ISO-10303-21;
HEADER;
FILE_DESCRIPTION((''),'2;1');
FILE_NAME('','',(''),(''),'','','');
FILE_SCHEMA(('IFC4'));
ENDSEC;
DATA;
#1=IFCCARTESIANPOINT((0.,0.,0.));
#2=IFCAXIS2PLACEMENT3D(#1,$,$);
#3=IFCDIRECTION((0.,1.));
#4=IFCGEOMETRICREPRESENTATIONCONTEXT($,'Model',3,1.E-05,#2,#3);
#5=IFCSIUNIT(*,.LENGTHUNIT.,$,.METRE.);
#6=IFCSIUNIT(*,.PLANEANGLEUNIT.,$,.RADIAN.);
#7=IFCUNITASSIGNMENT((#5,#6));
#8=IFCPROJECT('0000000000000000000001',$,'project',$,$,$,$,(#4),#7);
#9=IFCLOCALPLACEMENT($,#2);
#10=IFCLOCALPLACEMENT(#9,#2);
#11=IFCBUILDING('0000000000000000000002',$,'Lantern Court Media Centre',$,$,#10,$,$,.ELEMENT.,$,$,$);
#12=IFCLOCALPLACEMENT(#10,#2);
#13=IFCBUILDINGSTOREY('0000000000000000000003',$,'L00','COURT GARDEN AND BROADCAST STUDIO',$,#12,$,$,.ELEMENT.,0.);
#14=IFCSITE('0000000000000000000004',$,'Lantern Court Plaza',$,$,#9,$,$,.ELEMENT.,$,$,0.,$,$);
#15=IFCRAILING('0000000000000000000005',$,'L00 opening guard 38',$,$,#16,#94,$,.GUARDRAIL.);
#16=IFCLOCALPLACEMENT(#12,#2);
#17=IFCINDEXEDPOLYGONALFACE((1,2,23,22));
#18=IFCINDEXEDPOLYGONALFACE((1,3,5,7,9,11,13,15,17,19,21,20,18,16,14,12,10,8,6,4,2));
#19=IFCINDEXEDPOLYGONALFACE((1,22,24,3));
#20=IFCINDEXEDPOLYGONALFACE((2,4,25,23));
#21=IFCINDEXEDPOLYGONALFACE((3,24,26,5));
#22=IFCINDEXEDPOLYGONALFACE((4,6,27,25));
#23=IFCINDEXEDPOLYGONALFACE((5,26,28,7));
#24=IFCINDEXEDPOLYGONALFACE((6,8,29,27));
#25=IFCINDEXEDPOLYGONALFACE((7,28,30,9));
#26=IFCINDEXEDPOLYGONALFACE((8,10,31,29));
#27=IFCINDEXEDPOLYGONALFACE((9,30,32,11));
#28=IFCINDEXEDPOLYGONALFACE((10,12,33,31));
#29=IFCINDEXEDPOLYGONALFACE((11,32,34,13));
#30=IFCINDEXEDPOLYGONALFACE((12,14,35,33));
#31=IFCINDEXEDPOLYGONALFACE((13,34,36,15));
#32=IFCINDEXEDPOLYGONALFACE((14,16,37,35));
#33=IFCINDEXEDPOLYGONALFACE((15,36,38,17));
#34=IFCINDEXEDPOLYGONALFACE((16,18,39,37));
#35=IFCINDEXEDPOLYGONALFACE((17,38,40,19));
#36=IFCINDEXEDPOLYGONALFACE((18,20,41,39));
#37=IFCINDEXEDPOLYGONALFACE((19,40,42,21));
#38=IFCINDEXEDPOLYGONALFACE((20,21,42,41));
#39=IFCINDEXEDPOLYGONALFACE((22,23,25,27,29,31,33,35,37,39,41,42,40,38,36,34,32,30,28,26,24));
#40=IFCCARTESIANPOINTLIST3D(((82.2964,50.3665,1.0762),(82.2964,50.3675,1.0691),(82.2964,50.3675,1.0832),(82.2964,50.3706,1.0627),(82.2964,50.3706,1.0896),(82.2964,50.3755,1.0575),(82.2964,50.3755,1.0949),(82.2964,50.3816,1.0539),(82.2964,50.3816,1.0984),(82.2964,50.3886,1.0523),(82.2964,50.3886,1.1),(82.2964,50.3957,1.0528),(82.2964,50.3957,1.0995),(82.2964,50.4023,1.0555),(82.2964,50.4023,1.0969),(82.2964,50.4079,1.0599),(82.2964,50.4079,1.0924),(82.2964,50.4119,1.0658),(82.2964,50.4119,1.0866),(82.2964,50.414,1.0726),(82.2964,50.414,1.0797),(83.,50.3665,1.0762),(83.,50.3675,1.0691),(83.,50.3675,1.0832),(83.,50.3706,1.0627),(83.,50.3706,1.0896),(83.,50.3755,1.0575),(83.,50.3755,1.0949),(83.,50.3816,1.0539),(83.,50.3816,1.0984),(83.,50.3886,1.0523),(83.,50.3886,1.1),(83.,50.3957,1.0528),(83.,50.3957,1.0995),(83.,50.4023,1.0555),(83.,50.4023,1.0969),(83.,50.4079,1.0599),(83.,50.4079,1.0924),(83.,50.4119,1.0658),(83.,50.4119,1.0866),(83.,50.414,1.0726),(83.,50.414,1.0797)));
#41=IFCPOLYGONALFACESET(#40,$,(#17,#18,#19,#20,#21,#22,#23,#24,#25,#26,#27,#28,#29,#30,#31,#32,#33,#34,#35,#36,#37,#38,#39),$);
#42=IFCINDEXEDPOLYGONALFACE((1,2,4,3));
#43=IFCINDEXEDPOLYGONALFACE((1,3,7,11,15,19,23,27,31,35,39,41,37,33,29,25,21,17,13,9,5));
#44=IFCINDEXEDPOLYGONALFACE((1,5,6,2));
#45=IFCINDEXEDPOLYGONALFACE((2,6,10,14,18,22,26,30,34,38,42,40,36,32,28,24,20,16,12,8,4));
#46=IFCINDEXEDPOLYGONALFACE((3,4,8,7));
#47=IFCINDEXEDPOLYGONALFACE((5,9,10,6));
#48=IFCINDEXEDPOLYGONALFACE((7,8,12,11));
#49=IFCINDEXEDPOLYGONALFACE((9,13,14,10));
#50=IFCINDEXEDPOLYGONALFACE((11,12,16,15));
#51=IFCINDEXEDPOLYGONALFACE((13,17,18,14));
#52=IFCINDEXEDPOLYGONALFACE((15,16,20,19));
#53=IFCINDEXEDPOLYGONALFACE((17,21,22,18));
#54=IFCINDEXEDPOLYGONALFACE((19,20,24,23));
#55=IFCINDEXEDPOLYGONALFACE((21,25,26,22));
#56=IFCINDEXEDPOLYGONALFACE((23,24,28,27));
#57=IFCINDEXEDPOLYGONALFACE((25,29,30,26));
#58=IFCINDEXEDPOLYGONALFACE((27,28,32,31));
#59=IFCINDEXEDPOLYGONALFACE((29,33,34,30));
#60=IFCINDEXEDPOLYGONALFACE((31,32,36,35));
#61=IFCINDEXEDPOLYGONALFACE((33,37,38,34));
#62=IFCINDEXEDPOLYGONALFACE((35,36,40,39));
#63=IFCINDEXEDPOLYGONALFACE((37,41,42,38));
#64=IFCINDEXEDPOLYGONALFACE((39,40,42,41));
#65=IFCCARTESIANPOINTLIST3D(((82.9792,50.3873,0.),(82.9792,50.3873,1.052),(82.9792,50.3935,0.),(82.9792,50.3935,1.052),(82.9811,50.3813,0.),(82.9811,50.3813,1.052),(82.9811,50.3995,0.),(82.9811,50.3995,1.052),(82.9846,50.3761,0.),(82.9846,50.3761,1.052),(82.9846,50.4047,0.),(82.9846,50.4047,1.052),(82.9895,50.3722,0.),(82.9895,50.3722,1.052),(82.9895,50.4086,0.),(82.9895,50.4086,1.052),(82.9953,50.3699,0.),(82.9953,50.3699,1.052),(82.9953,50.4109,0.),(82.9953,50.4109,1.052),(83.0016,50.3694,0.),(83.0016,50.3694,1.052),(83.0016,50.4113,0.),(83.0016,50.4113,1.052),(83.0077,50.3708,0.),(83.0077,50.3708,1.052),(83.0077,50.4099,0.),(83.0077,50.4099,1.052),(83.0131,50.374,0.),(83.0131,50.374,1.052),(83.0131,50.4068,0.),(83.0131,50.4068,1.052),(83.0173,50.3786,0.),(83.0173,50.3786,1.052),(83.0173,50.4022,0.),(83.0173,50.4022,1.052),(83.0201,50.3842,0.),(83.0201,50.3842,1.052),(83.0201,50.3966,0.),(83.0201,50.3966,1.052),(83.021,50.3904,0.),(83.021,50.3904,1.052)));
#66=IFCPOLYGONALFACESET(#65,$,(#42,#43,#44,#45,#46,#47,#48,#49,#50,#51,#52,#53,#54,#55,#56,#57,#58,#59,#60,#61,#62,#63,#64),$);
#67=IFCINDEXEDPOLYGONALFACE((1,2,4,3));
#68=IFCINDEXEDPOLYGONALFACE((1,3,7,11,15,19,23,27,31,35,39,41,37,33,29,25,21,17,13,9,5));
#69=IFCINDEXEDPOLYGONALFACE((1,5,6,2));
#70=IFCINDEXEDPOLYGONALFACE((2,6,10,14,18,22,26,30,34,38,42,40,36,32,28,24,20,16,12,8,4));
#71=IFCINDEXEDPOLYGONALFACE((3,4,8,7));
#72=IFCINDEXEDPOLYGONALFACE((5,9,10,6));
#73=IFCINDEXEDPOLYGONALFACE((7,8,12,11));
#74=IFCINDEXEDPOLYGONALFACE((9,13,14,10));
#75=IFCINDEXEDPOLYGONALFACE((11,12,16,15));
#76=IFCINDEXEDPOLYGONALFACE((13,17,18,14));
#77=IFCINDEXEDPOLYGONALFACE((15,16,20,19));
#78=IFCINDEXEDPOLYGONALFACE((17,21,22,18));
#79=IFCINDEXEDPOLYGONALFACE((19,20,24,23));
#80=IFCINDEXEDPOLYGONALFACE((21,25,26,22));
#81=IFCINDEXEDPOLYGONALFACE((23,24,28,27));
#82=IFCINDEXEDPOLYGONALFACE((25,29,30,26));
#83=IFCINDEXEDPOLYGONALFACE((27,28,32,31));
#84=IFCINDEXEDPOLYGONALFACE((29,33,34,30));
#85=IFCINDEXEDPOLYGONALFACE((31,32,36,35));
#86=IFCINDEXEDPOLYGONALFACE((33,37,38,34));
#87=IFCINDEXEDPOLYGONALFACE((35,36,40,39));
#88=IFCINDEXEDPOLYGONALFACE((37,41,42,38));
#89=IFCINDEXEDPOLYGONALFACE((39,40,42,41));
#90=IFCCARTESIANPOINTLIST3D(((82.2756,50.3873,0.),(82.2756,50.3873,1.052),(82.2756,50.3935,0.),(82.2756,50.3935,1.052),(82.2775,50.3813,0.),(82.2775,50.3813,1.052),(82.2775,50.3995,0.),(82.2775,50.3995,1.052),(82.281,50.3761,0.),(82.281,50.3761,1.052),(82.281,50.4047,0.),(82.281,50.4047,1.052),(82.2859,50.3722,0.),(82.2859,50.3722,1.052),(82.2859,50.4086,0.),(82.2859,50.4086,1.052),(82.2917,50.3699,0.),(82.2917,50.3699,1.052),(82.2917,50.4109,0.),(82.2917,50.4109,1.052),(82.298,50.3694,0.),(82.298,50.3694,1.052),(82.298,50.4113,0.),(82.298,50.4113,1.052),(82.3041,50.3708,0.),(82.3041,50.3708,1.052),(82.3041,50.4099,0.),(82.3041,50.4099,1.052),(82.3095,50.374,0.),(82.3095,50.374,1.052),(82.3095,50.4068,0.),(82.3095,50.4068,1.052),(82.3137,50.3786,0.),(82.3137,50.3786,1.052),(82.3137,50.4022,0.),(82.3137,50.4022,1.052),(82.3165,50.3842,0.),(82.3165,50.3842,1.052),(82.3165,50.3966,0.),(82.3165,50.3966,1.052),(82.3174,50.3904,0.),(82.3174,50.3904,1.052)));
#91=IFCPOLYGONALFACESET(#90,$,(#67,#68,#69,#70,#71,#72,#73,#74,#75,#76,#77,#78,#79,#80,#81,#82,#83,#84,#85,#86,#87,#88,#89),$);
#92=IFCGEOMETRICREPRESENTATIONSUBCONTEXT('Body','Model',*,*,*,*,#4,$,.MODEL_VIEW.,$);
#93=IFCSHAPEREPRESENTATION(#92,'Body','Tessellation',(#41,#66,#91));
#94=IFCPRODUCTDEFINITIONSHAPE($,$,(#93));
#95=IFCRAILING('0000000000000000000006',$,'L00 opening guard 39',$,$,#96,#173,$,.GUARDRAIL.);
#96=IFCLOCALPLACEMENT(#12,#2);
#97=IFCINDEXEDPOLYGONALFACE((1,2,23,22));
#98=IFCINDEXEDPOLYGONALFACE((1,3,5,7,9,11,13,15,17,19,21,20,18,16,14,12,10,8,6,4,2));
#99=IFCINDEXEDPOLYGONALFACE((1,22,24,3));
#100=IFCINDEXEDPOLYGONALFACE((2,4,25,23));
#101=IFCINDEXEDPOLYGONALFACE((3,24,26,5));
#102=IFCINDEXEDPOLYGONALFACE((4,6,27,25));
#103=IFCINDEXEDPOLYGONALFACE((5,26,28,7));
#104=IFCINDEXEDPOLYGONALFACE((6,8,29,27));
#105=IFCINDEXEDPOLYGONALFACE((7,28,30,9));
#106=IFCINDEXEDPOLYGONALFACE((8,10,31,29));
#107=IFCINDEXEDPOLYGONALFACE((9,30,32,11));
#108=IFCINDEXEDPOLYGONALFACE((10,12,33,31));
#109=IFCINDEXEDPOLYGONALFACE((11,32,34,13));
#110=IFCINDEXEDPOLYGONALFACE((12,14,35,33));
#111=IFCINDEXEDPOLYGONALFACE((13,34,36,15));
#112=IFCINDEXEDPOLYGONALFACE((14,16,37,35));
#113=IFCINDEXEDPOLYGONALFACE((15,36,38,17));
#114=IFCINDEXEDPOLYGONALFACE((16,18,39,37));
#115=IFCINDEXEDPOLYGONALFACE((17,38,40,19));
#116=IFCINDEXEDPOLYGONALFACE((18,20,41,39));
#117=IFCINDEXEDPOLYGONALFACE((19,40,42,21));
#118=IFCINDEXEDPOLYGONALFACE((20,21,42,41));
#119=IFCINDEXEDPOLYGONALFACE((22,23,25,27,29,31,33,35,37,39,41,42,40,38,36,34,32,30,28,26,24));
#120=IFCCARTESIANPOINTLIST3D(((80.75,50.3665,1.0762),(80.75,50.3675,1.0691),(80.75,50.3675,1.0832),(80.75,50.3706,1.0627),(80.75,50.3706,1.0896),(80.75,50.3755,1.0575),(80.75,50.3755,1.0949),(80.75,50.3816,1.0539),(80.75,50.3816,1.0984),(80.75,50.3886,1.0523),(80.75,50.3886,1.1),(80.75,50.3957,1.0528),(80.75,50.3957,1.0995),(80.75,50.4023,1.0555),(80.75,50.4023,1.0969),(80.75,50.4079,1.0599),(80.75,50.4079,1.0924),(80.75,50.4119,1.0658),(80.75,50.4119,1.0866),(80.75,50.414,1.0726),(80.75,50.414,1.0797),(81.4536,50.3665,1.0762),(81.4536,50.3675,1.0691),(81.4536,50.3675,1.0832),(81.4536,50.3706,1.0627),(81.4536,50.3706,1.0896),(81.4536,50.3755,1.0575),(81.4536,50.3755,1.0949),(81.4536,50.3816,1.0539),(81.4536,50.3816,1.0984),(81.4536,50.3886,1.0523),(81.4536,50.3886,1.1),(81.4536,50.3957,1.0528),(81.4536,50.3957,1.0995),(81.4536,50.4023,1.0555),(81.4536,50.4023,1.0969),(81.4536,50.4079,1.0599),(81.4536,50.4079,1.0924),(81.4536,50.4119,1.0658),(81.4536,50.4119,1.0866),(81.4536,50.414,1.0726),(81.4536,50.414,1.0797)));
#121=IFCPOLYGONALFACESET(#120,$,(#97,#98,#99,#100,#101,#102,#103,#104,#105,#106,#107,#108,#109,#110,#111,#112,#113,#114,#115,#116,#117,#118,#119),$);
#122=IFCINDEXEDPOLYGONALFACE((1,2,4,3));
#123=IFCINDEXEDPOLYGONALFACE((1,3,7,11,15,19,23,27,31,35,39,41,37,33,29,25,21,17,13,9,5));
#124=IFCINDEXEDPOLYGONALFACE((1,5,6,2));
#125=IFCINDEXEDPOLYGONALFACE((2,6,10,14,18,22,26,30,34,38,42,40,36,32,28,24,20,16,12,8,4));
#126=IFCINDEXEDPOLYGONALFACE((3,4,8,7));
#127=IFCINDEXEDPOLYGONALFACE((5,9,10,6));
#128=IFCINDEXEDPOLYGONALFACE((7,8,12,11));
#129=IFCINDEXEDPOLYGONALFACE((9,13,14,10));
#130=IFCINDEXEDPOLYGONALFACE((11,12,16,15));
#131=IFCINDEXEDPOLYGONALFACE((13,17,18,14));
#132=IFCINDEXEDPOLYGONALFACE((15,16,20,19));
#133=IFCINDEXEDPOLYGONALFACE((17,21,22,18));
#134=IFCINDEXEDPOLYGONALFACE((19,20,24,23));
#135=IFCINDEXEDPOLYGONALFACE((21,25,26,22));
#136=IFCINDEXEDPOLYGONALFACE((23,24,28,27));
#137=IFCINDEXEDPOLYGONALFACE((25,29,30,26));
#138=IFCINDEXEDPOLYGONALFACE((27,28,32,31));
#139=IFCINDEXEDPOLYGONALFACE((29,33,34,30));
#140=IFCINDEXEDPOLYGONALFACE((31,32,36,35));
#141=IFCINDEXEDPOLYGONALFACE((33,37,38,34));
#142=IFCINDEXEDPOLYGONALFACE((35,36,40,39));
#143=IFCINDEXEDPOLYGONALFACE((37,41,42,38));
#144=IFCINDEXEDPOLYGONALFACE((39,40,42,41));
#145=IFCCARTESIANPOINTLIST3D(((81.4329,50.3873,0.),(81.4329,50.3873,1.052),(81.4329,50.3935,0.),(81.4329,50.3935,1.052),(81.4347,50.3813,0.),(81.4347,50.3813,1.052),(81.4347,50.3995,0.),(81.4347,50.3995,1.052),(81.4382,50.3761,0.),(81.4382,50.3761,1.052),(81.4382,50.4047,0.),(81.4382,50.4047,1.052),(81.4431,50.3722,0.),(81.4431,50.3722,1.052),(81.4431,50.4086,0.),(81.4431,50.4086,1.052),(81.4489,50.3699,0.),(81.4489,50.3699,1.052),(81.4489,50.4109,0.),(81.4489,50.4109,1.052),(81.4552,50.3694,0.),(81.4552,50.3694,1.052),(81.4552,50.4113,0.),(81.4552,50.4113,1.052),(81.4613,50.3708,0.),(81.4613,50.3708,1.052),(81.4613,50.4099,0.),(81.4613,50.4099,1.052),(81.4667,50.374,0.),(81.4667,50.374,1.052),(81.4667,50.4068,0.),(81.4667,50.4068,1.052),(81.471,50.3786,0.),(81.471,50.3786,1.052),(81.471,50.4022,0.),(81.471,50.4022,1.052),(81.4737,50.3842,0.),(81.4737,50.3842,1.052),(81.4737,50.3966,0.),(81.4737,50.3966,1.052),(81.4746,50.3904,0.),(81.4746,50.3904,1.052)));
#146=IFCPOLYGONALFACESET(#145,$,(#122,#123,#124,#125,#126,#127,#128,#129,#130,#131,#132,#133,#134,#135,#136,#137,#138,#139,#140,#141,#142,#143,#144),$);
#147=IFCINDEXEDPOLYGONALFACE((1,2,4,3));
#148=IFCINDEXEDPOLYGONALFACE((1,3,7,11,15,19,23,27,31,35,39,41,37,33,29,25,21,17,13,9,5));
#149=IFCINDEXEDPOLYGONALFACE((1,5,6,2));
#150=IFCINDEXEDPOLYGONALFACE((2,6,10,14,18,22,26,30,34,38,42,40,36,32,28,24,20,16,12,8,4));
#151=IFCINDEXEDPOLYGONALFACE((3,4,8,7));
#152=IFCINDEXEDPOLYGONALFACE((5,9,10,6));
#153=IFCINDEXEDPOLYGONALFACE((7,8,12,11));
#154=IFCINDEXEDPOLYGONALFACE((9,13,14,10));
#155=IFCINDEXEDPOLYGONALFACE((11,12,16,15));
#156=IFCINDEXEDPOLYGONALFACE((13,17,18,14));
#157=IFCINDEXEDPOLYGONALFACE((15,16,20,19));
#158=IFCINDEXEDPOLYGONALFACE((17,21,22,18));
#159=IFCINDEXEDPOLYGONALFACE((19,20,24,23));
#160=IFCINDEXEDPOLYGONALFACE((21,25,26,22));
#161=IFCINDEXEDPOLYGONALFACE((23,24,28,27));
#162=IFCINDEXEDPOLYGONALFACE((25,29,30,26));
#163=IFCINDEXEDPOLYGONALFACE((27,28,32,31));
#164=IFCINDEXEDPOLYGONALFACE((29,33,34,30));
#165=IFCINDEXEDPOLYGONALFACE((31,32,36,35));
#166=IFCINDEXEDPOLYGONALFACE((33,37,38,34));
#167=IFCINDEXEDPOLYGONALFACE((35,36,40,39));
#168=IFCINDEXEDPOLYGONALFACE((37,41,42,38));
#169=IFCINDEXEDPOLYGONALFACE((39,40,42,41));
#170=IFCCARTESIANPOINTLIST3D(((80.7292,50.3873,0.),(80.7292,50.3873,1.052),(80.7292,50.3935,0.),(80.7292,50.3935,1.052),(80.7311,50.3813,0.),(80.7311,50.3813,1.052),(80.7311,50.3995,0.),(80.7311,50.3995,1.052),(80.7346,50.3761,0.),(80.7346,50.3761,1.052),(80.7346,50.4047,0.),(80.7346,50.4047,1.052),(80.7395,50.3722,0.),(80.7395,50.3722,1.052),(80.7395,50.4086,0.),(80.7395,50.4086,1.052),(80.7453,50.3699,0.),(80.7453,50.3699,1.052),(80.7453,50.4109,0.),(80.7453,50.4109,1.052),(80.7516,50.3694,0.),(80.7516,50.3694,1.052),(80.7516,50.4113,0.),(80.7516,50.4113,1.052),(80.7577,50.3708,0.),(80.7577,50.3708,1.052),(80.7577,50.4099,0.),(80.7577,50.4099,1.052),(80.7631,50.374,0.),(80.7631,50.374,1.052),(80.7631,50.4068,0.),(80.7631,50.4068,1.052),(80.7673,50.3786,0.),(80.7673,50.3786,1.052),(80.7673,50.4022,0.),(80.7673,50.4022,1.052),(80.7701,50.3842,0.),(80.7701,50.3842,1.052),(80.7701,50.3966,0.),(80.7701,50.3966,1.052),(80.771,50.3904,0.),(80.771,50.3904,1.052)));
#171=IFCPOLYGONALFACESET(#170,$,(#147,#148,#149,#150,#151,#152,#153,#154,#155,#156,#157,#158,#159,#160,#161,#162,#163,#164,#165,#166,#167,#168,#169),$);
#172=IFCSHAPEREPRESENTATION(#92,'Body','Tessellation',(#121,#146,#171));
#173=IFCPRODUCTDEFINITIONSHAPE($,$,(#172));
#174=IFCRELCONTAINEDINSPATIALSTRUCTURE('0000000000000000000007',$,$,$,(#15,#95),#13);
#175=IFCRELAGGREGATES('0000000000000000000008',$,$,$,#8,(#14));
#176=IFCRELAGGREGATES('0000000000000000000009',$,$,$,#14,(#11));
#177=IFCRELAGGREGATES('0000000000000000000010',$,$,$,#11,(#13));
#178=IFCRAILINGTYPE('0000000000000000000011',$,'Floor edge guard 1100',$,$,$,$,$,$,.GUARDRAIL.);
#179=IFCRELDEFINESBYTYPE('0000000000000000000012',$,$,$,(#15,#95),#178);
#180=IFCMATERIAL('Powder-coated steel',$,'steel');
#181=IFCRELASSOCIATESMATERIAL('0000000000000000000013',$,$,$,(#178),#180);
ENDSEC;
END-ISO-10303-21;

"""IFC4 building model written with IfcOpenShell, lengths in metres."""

from ifc_helpers import new_model, si_unit, direction, frame, origin, origin_2d, place, context, subcontext, project, spatial, circle, extrude, material, type_object, element, save


model = new_model("IFC4")

# Units and contexts
model_context = context("Model", 3, precision=1e-05, world=origin(), true_north=direction((0.0, 1.0)))
body_context = subcontext(model_context, "Body", "Model", "MODEL_VIEW")
ifc_project = project(units=[si_unit("LENGTHUNIT", "METRE"), si_unit("PLANEANGLEUNIT", "RADIAN")], contexts=[model_context])

# Site, building, storey
site_placement = place(None, origin())
site = spatial("IfcSite", under=ifc_project, at=site_placement, Name="Lantern Court Plaza", CompositionType="ELEMENT", RefElevation=0.0)
building_placement = place(site_placement, origin())
building = spatial("IfcBuilding", under=site, at=building_placement, Name="Lantern Court Media Centre", CompositionType="ELEMENT")
storey_placement = place(building_placement, origin())
storey = spatial("IfcBuildingStorey", under=building, at=storey_placement, Name="L00", Description="COURT GARDEN AND BROADCAST STUDIO", CompositionType="ELEMENT", Elevation=0.0)

# Railings
ifc_material_1 = material(Name="Powder-coated steel", Category="steel")
railing_type_1 = type_object("IfcRailingType", Name="Floor edge guard 1100", PredefinedType="GUARDRAIL", material=ifc_material_1)
for number, where, name in (
    (1, (83.0, 50.3904, 0.0), "L00 opening guard 38"),
    (2, (81.4536, 50.3904, 0.0), "L00 opening guard 39"),
):
    element("IfcRailing", number, at=place(storey_placement, frame(where)), inside=storey, type_object=railing_type_1, Name=name, PredefinedType="GUARDRAIL", context=body_context, shape_type="SweptSolid", body=[
        extrude(circle(Radius=0.0239, at=origin_2d()), frame((0.0, 0.0, 1.0762), z_axis=(-1.0, 0.0, 0.0), x_axis=(0.0, -1.0, 0.0)), (0.0, 0.0, 1.0), 0.7036),
        extrude(circle(Radius=0.021, at=origin_2d()), origin(), (0.0, 0.0, 1.0), 1.052),
        extrude(circle(Radius=0.021, at=origin_2d()), frame((-0.7036, 0.0, 0.0)), (0.0, 0.0, 1.0), 1.052),
    ])

save(model, "model.ifc")
